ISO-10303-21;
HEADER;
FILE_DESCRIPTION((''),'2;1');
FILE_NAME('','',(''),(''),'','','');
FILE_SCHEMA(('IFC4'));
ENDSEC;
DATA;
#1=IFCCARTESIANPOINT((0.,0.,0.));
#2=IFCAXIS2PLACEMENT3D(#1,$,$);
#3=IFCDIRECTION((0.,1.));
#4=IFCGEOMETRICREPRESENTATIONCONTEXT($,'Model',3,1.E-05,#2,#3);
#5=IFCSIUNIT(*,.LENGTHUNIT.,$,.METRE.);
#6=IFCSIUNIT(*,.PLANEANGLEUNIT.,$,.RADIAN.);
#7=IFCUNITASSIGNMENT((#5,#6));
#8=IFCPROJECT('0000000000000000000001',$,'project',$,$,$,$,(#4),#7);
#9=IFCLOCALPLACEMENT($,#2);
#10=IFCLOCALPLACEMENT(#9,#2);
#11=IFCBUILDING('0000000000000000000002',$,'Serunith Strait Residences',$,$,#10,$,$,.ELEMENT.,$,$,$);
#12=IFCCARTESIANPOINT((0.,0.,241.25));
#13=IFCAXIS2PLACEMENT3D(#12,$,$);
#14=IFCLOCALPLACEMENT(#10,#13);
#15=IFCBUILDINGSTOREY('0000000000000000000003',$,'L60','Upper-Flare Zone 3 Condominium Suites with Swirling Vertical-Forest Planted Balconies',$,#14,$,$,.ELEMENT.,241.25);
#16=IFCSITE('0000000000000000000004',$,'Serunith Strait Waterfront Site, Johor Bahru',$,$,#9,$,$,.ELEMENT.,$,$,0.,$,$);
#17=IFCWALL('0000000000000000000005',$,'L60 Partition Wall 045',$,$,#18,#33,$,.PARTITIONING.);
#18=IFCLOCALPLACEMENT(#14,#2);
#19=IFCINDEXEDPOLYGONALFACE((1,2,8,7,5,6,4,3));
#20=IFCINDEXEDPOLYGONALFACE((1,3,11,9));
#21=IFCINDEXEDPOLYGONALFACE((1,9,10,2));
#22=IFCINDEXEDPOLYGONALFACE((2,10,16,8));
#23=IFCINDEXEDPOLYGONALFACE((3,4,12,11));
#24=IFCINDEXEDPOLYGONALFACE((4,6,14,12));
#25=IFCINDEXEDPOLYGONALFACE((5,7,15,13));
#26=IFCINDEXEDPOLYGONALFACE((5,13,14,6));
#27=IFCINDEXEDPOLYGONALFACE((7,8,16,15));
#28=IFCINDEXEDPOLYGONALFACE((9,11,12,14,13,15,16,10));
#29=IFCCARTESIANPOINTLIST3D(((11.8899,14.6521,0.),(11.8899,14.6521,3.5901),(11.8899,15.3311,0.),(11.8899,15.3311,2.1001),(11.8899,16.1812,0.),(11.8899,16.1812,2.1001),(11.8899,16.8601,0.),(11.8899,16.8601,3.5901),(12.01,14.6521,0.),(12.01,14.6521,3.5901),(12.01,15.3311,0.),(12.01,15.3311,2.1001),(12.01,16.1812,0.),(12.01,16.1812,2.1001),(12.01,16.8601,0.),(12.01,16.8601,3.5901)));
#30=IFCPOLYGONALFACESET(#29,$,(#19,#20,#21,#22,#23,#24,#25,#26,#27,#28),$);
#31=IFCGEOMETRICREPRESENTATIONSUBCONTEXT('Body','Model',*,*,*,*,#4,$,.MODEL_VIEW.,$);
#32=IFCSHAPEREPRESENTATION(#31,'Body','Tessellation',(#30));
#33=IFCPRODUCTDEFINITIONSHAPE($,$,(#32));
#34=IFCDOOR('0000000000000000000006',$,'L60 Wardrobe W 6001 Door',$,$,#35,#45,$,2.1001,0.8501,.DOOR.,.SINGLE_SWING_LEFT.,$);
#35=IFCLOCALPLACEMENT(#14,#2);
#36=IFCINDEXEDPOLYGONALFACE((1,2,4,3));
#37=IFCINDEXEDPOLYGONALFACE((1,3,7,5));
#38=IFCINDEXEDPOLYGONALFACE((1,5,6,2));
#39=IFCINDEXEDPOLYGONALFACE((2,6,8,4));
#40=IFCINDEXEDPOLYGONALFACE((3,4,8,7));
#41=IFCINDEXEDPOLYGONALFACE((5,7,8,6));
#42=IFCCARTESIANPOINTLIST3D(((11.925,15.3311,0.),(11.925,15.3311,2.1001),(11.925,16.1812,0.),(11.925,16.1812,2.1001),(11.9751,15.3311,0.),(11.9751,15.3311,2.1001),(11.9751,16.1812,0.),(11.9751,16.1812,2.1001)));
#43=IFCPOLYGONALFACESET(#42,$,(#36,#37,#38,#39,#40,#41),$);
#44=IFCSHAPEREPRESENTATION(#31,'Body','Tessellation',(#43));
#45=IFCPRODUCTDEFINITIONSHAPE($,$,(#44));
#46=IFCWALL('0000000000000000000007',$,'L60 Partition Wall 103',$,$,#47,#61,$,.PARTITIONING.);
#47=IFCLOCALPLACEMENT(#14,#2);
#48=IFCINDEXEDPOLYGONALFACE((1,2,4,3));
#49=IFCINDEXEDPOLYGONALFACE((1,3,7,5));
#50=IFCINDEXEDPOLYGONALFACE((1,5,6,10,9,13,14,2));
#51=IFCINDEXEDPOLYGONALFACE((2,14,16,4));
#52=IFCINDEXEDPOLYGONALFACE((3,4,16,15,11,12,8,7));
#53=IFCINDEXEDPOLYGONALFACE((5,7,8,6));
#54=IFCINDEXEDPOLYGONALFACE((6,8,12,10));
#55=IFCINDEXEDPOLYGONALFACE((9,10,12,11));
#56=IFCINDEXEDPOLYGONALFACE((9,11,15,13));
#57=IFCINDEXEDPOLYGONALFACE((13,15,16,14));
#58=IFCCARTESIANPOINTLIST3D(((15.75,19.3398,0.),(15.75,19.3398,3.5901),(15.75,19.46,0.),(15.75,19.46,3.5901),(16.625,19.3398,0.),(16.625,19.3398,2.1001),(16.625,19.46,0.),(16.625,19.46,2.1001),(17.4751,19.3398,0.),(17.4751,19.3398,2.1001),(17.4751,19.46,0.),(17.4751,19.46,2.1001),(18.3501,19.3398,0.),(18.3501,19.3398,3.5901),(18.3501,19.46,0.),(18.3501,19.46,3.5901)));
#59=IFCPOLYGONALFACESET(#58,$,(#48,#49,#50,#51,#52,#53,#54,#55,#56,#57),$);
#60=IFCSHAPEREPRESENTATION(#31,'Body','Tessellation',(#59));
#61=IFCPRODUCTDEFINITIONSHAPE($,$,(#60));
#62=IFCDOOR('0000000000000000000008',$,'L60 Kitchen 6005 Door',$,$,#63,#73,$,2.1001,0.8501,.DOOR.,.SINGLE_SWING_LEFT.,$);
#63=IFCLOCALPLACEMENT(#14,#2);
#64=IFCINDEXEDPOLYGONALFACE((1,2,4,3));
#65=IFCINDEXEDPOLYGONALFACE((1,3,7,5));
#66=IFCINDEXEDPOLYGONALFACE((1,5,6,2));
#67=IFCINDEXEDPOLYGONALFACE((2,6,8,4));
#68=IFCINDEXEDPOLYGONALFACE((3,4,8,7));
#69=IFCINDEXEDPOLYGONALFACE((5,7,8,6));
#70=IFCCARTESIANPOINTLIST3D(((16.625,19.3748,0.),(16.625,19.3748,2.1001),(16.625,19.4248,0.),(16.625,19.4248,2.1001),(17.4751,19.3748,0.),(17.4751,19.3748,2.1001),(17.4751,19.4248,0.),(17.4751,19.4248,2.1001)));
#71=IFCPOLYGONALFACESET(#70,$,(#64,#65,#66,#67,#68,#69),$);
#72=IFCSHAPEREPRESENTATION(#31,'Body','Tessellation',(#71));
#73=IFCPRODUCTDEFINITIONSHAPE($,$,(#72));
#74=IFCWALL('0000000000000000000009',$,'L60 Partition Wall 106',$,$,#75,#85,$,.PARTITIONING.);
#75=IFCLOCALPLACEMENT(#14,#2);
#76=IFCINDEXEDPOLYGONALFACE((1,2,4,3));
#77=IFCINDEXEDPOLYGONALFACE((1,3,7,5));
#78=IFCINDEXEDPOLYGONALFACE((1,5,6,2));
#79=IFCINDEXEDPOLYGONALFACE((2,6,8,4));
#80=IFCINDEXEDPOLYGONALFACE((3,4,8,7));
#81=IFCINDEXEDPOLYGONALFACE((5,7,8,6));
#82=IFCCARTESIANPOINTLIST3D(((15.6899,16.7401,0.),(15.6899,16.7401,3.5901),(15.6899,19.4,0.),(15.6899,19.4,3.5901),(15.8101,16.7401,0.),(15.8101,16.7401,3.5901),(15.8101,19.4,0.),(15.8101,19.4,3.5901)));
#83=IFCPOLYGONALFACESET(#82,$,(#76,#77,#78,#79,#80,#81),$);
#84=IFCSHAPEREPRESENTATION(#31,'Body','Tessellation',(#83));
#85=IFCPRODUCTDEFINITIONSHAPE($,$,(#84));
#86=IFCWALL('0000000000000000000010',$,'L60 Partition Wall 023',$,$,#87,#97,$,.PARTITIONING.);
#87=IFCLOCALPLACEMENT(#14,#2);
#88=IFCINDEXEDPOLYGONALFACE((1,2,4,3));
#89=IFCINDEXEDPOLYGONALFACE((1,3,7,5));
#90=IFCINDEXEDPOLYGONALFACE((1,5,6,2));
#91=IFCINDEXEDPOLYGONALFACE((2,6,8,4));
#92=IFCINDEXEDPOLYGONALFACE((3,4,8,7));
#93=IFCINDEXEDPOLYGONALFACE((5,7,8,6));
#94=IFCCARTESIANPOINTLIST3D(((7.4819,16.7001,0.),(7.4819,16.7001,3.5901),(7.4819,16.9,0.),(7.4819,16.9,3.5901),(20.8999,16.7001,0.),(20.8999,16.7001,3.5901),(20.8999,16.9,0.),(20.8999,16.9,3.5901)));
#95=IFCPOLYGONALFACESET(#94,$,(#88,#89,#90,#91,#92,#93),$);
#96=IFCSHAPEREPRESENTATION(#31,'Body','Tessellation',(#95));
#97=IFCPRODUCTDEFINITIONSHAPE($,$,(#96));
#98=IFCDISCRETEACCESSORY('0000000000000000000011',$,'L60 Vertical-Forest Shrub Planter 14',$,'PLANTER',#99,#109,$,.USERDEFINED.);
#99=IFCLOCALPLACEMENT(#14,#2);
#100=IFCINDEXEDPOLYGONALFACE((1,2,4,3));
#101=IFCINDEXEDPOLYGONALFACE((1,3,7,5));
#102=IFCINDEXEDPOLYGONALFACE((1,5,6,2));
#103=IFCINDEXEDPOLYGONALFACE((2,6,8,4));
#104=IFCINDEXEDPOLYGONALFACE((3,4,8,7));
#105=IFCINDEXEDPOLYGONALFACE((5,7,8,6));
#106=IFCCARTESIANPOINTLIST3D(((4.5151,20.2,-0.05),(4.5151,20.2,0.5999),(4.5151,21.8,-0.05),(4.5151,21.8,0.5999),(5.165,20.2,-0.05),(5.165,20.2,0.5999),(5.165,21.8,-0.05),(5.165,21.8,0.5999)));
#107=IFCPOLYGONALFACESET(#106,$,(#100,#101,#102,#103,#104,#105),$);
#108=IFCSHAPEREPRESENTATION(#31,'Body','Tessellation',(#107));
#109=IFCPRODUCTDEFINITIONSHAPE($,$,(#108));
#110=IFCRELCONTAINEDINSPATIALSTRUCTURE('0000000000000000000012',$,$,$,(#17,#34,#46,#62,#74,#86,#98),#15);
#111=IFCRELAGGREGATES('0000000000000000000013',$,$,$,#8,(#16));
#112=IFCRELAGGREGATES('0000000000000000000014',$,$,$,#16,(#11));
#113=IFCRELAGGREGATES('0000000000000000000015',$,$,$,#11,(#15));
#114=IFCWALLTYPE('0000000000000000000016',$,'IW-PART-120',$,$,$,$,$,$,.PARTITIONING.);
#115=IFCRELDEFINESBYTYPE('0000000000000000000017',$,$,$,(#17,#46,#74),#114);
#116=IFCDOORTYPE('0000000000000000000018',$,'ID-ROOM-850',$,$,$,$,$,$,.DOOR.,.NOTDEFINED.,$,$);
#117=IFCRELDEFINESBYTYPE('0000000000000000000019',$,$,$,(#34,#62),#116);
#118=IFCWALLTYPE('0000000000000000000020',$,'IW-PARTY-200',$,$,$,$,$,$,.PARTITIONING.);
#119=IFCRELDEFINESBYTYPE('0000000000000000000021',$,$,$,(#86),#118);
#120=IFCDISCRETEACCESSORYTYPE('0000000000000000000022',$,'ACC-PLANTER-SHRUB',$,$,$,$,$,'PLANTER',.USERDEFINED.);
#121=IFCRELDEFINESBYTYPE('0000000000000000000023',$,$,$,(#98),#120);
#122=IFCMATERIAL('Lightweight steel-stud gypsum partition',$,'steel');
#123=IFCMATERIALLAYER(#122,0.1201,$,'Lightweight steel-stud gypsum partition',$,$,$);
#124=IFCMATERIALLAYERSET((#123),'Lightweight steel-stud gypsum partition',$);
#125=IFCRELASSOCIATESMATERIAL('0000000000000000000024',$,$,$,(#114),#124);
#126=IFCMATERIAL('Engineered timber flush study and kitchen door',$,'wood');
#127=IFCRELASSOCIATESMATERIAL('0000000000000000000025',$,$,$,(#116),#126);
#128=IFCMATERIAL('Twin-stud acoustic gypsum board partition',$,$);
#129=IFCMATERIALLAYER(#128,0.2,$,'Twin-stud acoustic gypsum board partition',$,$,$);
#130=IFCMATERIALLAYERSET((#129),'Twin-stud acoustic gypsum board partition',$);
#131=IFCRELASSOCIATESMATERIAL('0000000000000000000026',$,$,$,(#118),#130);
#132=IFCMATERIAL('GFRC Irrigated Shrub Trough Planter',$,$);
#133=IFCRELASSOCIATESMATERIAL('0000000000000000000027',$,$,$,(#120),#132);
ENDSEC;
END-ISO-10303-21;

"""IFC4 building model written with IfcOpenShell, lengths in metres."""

from ifc_helpers import new_model, si_unit, direction, frame, frame_2d, origin, origin_2d, place, context, subcontext, project, spatial, rectangle, extrude, source, transform, mapped, material, layer, layer_set, type_object, element, fill, save


model = new_model("IFC4")

# Units and contexts
model_context = context("Model", 3, precision=1e-05, world=origin(), true_north=direction((0.0, 1.0)))
body_context = subcontext(model_context, "Body", "Model", "MODEL_VIEW")
ifc_project = project(units=[si_unit("LENGTHUNIT", "METRE"), si_unit("PLANEANGLEUNIT", "RADIAN")], contexts=[model_context])

# Site, building, storey
site_placement = place(None, origin())
site = spatial("IfcSite", under=ifc_project, at=site_placement, Name="Serunith Strait Waterfront Site, Johor Bahru", CompositionType="ELEMENT", RefElevation=0.0)
building_placement = place(site_placement, origin())
building = spatial("IfcBuilding", under=site, at=building_placement, Name="Serunith Strait Residences", CompositionType="ELEMENT")
storey_placement = place(building_placement, frame((0.0, 0.0, 241.25)))
storey = spatial("IfcBuildingStorey", under=building, at=storey_placement, Name="L60", Description="Upper-Flare Zone 3 Condominium Suites with Swirling Vertical-Forest Planted Balconies", CompositionType="ELEMENT", Elevation=241.25)

# Shared definitions
ifc_material_1 = material(Name="Lightweight steel-stud gypsum partition", Category="steel")
ifc_layer_1 = layer(ifc_material_1, 0.1201, Name="Lightweight steel-stud gypsum partition")
ifc_layer_set_1 = layer_set([ifc_layer_1], Name="Lightweight steel-stud gypsum partition")
wall_type_1 = type_object("IfcWallType", Name="IW-PART-120", PredefinedType="PARTITIONING", material=ifc_layer_set_1)
shared_shape_1 = source(origin(), body_context, "Body", "SweptSolid", [
    extrude(rectangle(XDim=0.8501, YDim=2.1001, at=frame_2d((0.425, 1.05))), frame((0.0, 0.0249, 0.0), z_axis=(0.0, -1.0, 0.0), x_axis=(1.0, 0.0, 0.0)), (0.0, 0.0, 1.0), 0.05),
])

# Walls, openings, doors
wall_1_placement = place(storey_placement, frame((11.95, 14.6521, 0.0), z_axis=(0.0, 0.0, 1.0), x_axis=(0.0, 1.0, 0.0)))
wall_1 = element("IfcWall", 1, at=wall_1_placement, inside=storey, type_object=wall_type_1, Name="L60 Partition Wall 045", PredefinedType="PARTITIONING", context=body_context, shape_type="SweptSolid", body=[
    extrude(rectangle(XDim=2.208, YDim=0.1201, at=frame_2d((1.104, 0.0))), origin(), (0.0, 0.0, 1.0), 3.5901),
])
opening_1_placement = place(wall_1_placement, frame((0.679, 0.0, 0.0)))
opening_1 = element("IfcOpeningElement", 2, at=opening_1_placement, cuts=wall_1, PredefinedType="OPENING", context=body_context, shape_type="SweptSolid", body=[
    extrude(rectangle(XDim=0.8501, YDim=2.1001, at=frame_2d((0.425, 1.05))), frame((0.0, 0.0701, 0.0), z_axis=(0.0, -1.0, 0.0), x_axis=(1.0, 0.0, 0.0)), (0.0, 0.0, 1.0), 0.1401),
])
ifc_material_2 = material(Name="Engineered timber flush study and kitchen door", Category="wood")
door_type_1 = type_object("IfcDoorType", Name="ID-ROOM-850", OperationType="NOTDEFINED", PredefinedType="DOOR", material=ifc_material_2)
door_1_placement = place(opening_1_placement, origin())
door_1 = element("IfcDoor", 3, at=door_1_placement, inside=storey, type_object=door_type_1, Name="L60 Wardrobe W 6001 Door", OperationType="SINGLE_SWING_LEFT", OverallHeight=2.1001, OverallWidth=0.8501, PredefinedType="DOOR", context=body_context, shape_type="MappedRepresentation", body=[
    mapped(shared_shape_1, transform((0.0, 0.0, 0.0), scale=1.0)),
])
fill(opening_1, door_1)
wall_2_placement = place(storey_placement, frame((15.75, 19.3999, 0.0), z_axis=(0.0, 0.0, 1.0), x_axis=(1.0, 0.0, 0.0)))
wall_2 = element("IfcWall", 4, at=wall_2_placement, inside=storey, type_object=wall_type_1, Name="L60 Partition Wall 103", PredefinedType="PARTITIONING", context=body_context, shape_type="SweptSolid", body=[
    extrude(rectangle(XDim=2.6001, YDim=0.1201, at=frame_2d((1.3, 0.0))), origin(), (0.0, 0.0, 1.0), 3.5901),
])
opening_2_placement = place(wall_2_placement, frame((0.875, 0.0, 0.0)))
opening_2 = element("IfcOpeningElement", 5, at=opening_2_placement, cuts=wall_2, PredefinedType="OPENING", context=body_context, shape_type="SweptSolid", body=[
    extrude(rectangle(XDim=0.8501, YDim=2.1001, at=frame_2d((0.425, 1.05))), frame((0.0, 0.0701, 0.0), z_axis=(0.0, -1.0, 0.0), x_axis=(1.0, 0.0, 0.0)), (0.0, 0.0, 1.0), 0.1401),
])
door_2_placement = place(opening_2_placement, origin())
door_2 = element("IfcDoor", 6, at=door_2_placement, inside=storey, type_object=door_type_1, Name="L60 Kitchen 6005 Door", OperationType="SINGLE_SWING_LEFT", OverallHeight=2.1001, OverallWidth=0.8501, PredefinedType="DOOR", context=body_context, shape_type="MappedRepresentation", body=[
    mapped(shared_shape_1, transform((0.0, 0.0, 0.0), scale=1.0)),
])
fill(opening_2, door_2)

# Walls
wall_3_placement = place(storey_placement, frame((15.75, 16.74, 0.0), z_axis=(0.0, 0.0, 1.0), x_axis=(0.0, 1.0, 0.0)))
element("IfcWall", 7, at=wall_3_placement, inside=storey, type_object=wall_type_1, Name="L60 Partition Wall 106", PredefinedType="PARTITIONING", context=body_context, shape_type="SweptSolid", body=[
    extrude(rectangle(XDim=2.6599, YDim=0.1201, at=frame_2d((1.3301, 0.0))), origin(), (0.0, 0.0, 1.0), 3.5901),
])
ifc_material_3 = material(Name="Twin-stud acoustic gypsum board partition")
ifc_layer_2 = layer(ifc_material_3, 0.2, Name="Twin-stud acoustic gypsum board partition")
ifc_layer_set_2 = layer_set([ifc_layer_2], Name="Twin-stud acoustic gypsum board partition")
wall_type_2 = type_object("IfcWallType", Name="IW-PARTY-200", PredefinedType="PARTITIONING", material=ifc_layer_set_2)
wall_4_placement = place(storey_placement, frame((7.4819, 16.8, 0.0), z_axis=(0.0, 0.0, 1.0), x_axis=(1.0, 0.0, 0.0)))
element("IfcWall", 8, at=wall_4_placement, inside=storey, type_object=wall_type_2, Name="L60 Partition Wall 023", PredefinedType="PARTITIONING", context=body_context, shape_type="SweptSolid", body=[
    extrude(rectangle(XDim=13.418, YDim=0.2, at=frame_2d((6.709, 0.0))), origin(), (0.0, 0.0, 1.0), 3.5901),
])

# Discrete accessory
ifc_material_4 = material(Name="GFRC Irrigated Shrub Trough Planter")
discrete_accessory_type = type_object("IfcDiscreteAccessoryType", Name="ACC-PLANTER-SHRUB", ElementType="PLANTER", PredefinedType="USERDEFINED", material=ifc_material_4)
shared_shape_2 = source(origin(), body_context, "Body", "SweptSolid", [
    extrude(rectangle(XDim=1.6001, YDim=0.6499, at=origin_2d()), origin(), (0.0, 0.0, 1.0), 0.6499),
])
discrete_accessory_placement = place(storey_placement, frame((4.8401, 21.0, -0.05), z_axis=(0.0, 0.0, 1.0), x_axis=(0.0, -1.0, 0.0)))
element("IfcDiscreteAccessory", 9, at=discrete_accessory_placement, inside=storey, type_object=discrete_accessory_type, Name="L60 Vertical-Forest Shrub Planter 14", ObjectType="PLANTER", PredefinedType="USERDEFINED", context=body_context, shape_type="MappedRepresentation", body=[
    mapped(shared_shape_2, transform((0.0, 0.0, 0.0), scale=1.0)),
])

save(model, "model.ifc")
